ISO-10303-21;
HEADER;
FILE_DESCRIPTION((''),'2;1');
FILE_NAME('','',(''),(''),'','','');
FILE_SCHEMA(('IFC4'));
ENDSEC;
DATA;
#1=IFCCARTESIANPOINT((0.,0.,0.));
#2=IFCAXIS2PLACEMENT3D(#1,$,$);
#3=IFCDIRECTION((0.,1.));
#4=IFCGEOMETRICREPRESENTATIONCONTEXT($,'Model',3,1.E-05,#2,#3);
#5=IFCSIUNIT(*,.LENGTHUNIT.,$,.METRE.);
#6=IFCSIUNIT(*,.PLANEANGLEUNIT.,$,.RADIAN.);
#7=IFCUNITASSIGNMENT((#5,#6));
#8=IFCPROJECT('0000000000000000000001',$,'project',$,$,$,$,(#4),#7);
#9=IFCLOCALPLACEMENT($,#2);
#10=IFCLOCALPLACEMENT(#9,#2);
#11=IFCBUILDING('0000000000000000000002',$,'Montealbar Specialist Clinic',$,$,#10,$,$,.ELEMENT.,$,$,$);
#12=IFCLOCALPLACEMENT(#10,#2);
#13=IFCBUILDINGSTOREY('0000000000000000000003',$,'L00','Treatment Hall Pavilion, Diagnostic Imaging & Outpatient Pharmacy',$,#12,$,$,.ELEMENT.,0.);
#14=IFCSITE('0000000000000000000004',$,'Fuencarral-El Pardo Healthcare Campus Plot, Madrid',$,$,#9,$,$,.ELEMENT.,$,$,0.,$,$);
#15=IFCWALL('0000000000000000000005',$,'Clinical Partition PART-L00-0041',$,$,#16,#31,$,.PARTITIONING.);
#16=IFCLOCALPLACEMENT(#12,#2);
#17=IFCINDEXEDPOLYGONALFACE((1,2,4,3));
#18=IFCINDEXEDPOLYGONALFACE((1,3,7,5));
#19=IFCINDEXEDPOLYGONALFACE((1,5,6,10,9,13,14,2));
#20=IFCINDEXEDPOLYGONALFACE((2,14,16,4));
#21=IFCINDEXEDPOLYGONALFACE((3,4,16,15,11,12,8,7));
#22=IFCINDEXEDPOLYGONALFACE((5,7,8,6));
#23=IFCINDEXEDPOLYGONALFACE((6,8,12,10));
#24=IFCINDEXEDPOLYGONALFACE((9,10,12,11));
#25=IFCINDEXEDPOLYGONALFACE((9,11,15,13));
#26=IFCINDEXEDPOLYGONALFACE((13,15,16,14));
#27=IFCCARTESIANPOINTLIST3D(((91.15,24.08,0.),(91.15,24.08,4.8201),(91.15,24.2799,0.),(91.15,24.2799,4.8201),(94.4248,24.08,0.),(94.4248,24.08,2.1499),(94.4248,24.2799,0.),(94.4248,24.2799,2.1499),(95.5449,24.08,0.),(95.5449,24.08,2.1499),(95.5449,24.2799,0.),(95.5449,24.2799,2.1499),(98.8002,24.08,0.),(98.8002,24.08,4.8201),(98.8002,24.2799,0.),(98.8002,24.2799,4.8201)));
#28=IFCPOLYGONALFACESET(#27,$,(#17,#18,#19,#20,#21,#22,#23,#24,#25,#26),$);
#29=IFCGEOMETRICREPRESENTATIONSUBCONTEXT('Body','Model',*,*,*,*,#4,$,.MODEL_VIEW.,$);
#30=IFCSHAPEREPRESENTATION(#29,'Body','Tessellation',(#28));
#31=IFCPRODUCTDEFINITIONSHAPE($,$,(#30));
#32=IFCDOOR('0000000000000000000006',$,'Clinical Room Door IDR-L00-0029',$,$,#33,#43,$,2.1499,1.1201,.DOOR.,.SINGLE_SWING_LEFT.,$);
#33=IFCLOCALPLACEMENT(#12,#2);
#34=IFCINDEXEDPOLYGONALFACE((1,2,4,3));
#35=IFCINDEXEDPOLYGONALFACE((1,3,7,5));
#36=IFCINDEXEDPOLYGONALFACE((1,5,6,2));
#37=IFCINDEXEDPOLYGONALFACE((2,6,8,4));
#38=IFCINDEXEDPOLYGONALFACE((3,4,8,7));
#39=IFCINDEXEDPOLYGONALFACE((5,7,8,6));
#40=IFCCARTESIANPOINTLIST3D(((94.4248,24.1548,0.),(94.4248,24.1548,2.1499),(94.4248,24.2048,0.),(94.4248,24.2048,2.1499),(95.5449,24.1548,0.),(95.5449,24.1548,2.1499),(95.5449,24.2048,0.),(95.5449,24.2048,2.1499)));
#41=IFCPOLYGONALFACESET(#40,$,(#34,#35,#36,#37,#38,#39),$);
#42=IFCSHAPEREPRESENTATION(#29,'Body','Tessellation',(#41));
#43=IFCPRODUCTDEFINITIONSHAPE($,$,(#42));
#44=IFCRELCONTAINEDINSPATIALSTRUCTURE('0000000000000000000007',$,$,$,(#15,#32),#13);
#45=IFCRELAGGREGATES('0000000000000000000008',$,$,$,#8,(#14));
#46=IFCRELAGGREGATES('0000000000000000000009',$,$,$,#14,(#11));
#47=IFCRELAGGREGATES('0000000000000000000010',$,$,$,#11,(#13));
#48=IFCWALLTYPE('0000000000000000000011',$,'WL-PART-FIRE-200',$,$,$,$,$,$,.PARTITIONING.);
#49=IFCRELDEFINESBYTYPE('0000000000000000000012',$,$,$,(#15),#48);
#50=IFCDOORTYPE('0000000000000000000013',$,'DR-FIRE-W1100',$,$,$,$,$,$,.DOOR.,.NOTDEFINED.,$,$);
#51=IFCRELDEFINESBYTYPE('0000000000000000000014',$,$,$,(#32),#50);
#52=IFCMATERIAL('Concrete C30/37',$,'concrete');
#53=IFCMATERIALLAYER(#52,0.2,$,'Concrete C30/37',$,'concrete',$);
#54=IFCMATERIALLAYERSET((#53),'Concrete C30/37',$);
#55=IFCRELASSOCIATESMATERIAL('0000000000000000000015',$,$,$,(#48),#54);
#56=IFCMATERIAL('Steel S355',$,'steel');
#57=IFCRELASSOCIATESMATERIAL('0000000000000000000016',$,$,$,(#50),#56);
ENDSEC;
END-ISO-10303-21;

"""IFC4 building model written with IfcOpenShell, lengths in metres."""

from ifc_helpers import new_model, si_unit, direction, frame, frame_2d, origin, place, context, subcontext, project, spatial, rectangle, extrude, material, layer, layer_set, type_object, element, fill, save


model = new_model("IFC4")

# Units and contexts
model_context = context("Model", 3, precision=1e-05, world=origin(), true_north=direction((0.0, 1.0)))
body_context = subcontext(model_context, "Body", "Model", "MODEL_VIEW")
ifc_project = project(units=[si_unit("LENGTHUNIT", "METRE"), si_unit("PLANEANGLEUNIT", "RADIAN")], contexts=[model_context])

# Site, building, storey
site_placement = place(None, origin())
site = spatial("IfcSite", under=ifc_project, at=site_placement, Name="Fuencarral-El Pardo Healthcare Campus Plot, Madrid", CompositionType="ELEMENT", RefElevation=0.0)
building_placement = place(site_placement, origin())
building = spatial("IfcBuilding", under=site, at=building_placement, Name="Montealbar Specialist Clinic", CompositionType="ELEMENT")
storey_placement = place(building_placement, origin())
storey = spatial("IfcBuildingStorey", under=building, at=storey_placement, Name="L00", Description="Treatment Hall Pavilion, Diagnostic Imaging & Outpatient Pharmacy", CompositionType="ELEMENT", Elevation=0.0)

# Shared definitions
ifc_material_1 = material(Name="Steel S355", Category="steel")

# Wall, opening, door
ifc_material_2 = material(Name="Concrete C30/37", Category="concrete")
ifc_layer_1 = layer(ifc_material_2, 0.2, Name="Concrete C30/37", Category="concrete")
ifc_layer_set_1 = layer_set([ifc_layer_1], Name="Concrete C30/37")
wall_type_1 = type_object("IfcWallType", Name="WL-PART-FIRE-200", PredefinedType="PARTITIONING", material=ifc_layer_set_1)
wall_1_placement = place(storey_placement, frame((91.1499, 24.1799, 0.0), z_axis=(0.0, 0.0, 1.0), x_axis=(1.0, 0.0, 0.0)))
wall_1 = element("IfcWall", 1, at=wall_1_placement, inside=storey, type_object=wall_type_1, Name="Clinical Partition PART-L00-0041", PredefinedType="PARTITIONING", context=body_context, shape_type="SweptSolid", body=[
    extrude(rectangle(XDim=7.6501, YDim=0.2, at=frame_2d((3.8252, 0.0))), origin(), (0.0, 0.0, 1.0), 4.8201),
])
opening_1_placement = place(wall_1_placement, frame((3.2749, 0.0, 0.0)))
opening_1 = element("IfcOpeningElement", 2, at=opening_1_placement, cuts=wall_1, PredefinedType="OPENING", context=body_context, shape_type="SweptSolid", body=[
    extrude(rectangle(XDim=1.1201, YDim=2.1499, at=frame_2d((0.5601, 1.075))), frame((0.0, 0.1099, 0.0), z_axis=(0.0, -1.0, 0.0), x_axis=(1.0, 0.0, 0.0)), (0.0, 0.0, 1.0), 0.22),
])
door_type_1 = type_object("IfcDoorType", Name="DR-FIRE-W1100", OperationType="NOTDEFINED", PredefinedType="DOOR", material=ifc_material_1)
door_1_placement = place(opening_1_placement, origin())
door_1 = element("IfcDoor", 3, at=door_1_placement, inside=storey, type_object=door_type_1, Name="Clinical Room Door IDR-L00-0029", OperationType="SINGLE_SWING_LEFT", OverallHeight=2.1499, OverallWidth=1.1201, PredefinedType="DOOR", context=body_context, shape_type="SweptSolid", body=[
    extrude(rectangle(XDim=1.1201, YDim=2.1499, at=frame_2d((0.5601, 1.075))), frame((0.0, 0.0249, 0.0), z_axis=(0.0, -1.0, 0.0), x_axis=(1.0, 0.0, 0.0)), (0.0, 0.0, 1.0), 0.05),
])
fill(opening_1, door_1)

save(model, "model.ifc")
